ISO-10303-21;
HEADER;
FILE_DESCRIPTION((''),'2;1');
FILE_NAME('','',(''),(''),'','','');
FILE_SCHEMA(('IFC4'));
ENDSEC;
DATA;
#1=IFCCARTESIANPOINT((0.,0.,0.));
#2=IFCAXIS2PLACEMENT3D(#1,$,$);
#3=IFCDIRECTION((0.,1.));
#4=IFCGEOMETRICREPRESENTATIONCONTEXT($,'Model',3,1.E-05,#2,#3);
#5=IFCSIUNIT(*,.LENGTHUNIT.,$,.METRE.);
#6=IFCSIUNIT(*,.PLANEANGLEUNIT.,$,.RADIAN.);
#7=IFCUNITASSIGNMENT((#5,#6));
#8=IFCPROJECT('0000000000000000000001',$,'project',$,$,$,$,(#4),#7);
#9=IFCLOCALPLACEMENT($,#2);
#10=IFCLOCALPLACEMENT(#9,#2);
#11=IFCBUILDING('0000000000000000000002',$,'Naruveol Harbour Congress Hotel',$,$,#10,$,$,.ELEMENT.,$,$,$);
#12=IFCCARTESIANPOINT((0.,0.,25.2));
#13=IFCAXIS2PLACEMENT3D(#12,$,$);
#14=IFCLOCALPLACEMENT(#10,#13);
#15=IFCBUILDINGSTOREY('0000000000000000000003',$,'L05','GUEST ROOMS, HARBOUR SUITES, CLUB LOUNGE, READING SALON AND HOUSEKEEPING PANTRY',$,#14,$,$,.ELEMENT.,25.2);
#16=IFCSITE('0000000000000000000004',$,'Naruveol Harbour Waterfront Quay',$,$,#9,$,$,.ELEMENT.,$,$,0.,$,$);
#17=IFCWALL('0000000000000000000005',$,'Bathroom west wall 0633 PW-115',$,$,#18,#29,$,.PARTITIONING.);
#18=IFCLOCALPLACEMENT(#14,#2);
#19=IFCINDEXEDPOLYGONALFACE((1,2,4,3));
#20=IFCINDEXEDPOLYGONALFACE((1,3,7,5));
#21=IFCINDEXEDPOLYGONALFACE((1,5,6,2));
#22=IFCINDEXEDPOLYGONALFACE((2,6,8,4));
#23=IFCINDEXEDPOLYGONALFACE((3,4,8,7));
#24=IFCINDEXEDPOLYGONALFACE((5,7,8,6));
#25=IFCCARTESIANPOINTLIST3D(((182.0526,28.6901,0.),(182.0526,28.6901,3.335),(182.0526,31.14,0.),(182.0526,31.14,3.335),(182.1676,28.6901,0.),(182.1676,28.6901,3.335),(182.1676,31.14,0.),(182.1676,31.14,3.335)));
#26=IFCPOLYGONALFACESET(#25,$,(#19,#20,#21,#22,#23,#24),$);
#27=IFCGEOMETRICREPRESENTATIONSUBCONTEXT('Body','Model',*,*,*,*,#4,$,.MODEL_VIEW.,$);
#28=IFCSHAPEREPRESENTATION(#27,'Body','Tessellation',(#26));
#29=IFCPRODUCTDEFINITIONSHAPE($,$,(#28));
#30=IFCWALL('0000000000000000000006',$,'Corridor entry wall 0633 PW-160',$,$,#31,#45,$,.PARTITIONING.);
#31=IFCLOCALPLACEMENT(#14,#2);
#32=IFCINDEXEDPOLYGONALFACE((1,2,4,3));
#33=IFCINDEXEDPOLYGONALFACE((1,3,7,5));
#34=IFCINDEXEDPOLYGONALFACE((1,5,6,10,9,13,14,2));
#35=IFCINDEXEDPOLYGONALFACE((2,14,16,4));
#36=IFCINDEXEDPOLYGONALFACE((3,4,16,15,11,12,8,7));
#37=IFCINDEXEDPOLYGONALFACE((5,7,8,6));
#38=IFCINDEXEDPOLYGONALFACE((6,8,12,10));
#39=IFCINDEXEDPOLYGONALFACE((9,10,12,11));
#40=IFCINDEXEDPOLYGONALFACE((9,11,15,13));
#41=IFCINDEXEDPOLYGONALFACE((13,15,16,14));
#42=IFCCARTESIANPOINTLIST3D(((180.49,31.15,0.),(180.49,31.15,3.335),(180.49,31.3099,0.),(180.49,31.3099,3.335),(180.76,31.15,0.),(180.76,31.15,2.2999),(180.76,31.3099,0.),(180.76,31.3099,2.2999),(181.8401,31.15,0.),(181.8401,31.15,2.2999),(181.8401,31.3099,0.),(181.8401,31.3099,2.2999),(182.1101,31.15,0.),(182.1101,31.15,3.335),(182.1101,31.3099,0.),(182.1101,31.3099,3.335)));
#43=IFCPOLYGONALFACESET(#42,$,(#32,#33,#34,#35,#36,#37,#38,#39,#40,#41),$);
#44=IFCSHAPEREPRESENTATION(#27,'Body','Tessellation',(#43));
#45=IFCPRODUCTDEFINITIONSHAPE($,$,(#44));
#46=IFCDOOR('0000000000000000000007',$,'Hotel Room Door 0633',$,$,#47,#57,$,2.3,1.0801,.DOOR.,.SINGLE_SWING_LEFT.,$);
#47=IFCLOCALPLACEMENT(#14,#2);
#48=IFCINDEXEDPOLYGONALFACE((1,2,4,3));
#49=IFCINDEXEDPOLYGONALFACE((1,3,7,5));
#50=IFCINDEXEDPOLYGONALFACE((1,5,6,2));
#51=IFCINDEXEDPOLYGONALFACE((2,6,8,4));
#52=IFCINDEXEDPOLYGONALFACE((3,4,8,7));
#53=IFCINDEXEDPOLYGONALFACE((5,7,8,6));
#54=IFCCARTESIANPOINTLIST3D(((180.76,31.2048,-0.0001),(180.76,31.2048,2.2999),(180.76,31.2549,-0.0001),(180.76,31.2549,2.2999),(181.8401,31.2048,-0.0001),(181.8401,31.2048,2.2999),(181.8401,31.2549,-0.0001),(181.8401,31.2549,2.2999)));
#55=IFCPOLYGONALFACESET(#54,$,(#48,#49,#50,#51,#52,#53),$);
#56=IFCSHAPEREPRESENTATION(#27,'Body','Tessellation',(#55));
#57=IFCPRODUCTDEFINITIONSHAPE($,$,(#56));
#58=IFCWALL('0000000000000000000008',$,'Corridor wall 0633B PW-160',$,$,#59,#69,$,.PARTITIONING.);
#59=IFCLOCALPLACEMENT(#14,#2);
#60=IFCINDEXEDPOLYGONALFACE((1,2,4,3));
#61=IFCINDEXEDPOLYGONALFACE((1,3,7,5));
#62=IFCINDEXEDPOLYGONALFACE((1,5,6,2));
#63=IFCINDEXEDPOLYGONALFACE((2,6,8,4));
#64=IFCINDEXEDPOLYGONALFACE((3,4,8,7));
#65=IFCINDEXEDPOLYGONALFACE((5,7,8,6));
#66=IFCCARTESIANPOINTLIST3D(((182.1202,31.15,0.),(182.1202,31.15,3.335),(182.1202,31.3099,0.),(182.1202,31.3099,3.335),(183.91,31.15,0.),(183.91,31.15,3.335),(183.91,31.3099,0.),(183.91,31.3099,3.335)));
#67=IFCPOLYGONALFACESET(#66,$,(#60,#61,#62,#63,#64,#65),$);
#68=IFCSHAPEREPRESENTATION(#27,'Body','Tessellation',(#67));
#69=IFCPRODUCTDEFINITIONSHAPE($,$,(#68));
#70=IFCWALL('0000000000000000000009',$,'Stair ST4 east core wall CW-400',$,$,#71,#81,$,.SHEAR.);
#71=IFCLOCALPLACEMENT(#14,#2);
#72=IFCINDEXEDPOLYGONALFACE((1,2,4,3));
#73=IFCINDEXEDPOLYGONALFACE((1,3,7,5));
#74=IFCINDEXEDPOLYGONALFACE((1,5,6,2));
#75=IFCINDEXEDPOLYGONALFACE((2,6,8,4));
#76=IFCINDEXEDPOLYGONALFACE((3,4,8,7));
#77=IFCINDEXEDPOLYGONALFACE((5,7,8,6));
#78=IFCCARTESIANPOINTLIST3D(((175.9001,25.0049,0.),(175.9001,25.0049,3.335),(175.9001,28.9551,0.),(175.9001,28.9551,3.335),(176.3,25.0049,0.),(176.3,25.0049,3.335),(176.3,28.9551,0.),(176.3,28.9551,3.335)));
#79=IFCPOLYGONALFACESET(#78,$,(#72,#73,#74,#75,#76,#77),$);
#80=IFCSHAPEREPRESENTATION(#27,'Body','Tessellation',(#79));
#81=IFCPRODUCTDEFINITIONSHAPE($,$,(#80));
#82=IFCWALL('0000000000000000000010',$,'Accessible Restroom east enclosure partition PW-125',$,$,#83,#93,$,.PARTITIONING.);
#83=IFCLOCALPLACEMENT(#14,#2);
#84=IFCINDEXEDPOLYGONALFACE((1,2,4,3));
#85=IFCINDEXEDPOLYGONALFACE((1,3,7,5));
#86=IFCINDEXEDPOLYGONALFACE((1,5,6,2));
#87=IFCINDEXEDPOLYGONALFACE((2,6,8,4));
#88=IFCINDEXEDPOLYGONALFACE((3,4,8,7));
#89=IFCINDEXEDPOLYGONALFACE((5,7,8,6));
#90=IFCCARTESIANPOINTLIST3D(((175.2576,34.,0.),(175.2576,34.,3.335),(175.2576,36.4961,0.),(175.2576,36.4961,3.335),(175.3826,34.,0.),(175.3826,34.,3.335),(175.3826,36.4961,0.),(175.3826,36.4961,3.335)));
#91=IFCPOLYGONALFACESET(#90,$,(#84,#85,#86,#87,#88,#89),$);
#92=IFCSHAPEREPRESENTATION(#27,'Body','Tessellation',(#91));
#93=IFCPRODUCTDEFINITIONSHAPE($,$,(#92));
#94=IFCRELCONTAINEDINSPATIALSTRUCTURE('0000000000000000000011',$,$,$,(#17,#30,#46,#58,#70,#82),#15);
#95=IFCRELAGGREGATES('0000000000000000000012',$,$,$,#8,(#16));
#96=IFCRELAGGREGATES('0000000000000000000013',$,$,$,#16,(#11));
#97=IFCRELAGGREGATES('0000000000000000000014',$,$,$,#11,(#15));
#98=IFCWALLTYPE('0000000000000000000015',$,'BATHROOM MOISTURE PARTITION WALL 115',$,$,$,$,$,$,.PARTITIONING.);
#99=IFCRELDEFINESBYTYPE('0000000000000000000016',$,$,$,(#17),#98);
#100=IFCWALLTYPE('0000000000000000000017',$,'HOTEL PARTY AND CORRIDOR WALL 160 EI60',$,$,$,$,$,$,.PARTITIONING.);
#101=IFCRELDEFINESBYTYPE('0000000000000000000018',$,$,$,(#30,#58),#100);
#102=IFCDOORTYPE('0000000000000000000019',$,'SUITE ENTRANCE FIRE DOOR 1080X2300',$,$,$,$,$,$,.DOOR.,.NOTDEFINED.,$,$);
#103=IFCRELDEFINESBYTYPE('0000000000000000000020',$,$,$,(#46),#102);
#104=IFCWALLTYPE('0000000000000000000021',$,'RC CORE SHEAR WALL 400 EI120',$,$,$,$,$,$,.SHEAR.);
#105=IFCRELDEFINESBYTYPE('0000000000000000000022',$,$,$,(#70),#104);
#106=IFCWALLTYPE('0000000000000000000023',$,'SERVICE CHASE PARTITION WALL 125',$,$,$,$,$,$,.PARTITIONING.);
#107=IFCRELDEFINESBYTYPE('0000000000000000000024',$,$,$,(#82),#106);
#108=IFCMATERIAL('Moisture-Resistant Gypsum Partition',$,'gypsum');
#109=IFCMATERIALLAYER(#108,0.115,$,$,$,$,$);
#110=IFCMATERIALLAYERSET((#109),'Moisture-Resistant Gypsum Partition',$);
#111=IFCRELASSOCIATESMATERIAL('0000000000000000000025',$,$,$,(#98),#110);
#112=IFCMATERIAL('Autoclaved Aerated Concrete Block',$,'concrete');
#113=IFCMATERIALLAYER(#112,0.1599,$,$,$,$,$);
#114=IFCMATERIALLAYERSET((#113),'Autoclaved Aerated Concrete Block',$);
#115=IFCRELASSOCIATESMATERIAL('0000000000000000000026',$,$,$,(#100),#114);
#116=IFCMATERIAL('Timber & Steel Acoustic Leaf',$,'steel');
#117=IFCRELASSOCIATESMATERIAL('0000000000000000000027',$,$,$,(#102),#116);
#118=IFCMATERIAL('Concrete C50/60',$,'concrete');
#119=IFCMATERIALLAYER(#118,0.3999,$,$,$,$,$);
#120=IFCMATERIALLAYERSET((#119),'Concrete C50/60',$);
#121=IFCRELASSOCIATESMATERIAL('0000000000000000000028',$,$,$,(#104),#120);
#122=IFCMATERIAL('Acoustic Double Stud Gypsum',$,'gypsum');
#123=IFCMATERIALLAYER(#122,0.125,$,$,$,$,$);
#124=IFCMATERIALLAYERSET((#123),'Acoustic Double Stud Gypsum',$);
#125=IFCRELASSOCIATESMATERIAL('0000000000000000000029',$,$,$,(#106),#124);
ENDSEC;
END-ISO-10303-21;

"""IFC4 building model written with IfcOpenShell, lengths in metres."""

from ifc_helpers import new_model, si_unit, direction, frame, frame_2d, origin, place, context, subcontext, project, spatial, rectangle, extrude, material, layer, layer_set, type_object, element, fill, save


model = new_model("IFC4")

# Units and contexts
model_context = context("Model", 3, precision=1e-05, world=origin(), true_north=direction((0.0, 1.0)))
body_context = subcontext(model_context, "Body", "Model", "MODEL_VIEW")
ifc_project = project(units=[si_unit("LENGTHUNIT", "METRE"), si_unit("PLANEANGLEUNIT", "RADIAN")], contexts=[model_context])

# Site, building, storey
site_placement = place(None, origin())
site = spatial("IfcSite", under=ifc_project, at=site_placement, Name="Naruveol Harbour Waterfront Quay", CompositionType="ELEMENT", RefElevation=0.0)
building_placement = place(site_placement, origin())
building = spatial("IfcBuilding", under=site, at=building_placement, Name="Naruveol Harbour Congress Hotel", CompositionType="ELEMENT")
storey_placement = place(building_placement, frame((0.0, 0.0, 25.2)))
storey = spatial("IfcBuildingStorey", under=building, at=storey_placement, Name="L05", Description="GUEST ROOMS, HARBOUR SUITES, CLUB LOUNGE, READING SALON AND HOUSEKEEPING PANTRY", CompositionType="ELEMENT", Elevation=25.2)

# Wall
ifc_material_1 = material(Name="Moisture-Resistant Gypsum Partition", Category="gypsum")
ifc_layer_1 = layer(ifc_material_1, 0.115)
ifc_layer_set_1 = layer_set([ifc_layer_1], Name="Moisture-Resistant Gypsum Partition")
wall_type_1 = type_object("IfcWallType", Name="BATHROOM MOISTURE PARTITION WALL 115", PredefinedType="PARTITIONING", material=ifc_layer_set_1)
wall_1_placement = place(storey_placement, frame((182.1101, 28.6899, 0.0), z_axis=(0.0, 0.0, 1.0), x_axis=(0.0, 1.0, 0.0)))
element("IfcWall", 1, at=wall_1_placement, inside=storey, type_object=wall_type_1, Name="Bathroom west wall 0633 PW-115", PredefinedType="PARTITIONING", context=body_context, shape_type="SweptSolid", body=[
    extrude(rectangle(XDim=2.45, YDim=0.115, at=frame_2d((1.2251, 0.0))), origin(), (0.0, 0.0, 1.0), 3.335),
])

# Wall, opening, door
ifc_material_2 = material(Name="Autoclaved Aerated Concrete Block", Category="concrete")
ifc_layer_2 = layer(ifc_material_2, 0.1599)
ifc_layer_set_2 = layer_set([ifc_layer_2], Name="Autoclaved Aerated Concrete Block")
wall_type_2 = type_object("IfcWallType", Name="HOTEL PARTY AND CORRIDOR WALL 160 EI60", PredefinedType="PARTITIONING", material=ifc_layer_set_2)
wall_2_placement = place(storey_placement, frame((180.49, 31.23, 0.0), z_axis=(0.0, 0.0, 1.0), x_axis=(1.0, 0.0, 0.0)))
wall_2 = element("IfcWall", 2, at=wall_2_placement, inside=storey, type_object=wall_type_2, Name="Corridor entry wall 0633 PW-160", PredefinedType="PARTITIONING", context=body_context, shape_type="SweptSolid", body=[
    extrude(rectangle(XDim=1.6201, YDim=0.1599, at=frame_2d((0.8101, 0.0))), origin(), (0.0, 0.0, 1.0), 3.335),
])
opening_1_placement = place(wall_2_placement, frame((0.27, 0.0, 0.0)))
opening_1 = element("IfcOpeningElement", 3, at=opening_1_placement, cuts=wall_2, PredefinedType="OPENING", context=body_context, shape_type="SweptSolid", body=[
    extrude(rectangle(XDim=1.0801, YDim=2.3, at=frame_2d((0.54, 1.1499))), frame((0.0, 0.0898, 0.0), z_axis=(0.0, -1.0, 0.0), x_axis=(1.0, 0.0, 0.0)), (0.0, 0.0, 1.0), 0.1799),
])
ifc_material_3 = material(Name="Timber & Steel Acoustic Leaf", Category="steel")
door_type_1 = type_object("IfcDoorType", Name="SUITE ENTRANCE FIRE DOOR 1080X2300", OperationType="NOTDEFINED", PredefinedType="DOOR", material=ifc_material_3)
door_1_placement = place(opening_1_placement, origin())
door_1 = element("IfcDoor", 4, at=door_1_placement, inside=storey, type_object=door_type_1, Name="Hotel Room Door 0633", OperationType="SINGLE_SWING_LEFT", OverallHeight=2.3, OverallWidth=1.0801, PredefinedType="DOOR", context=body_context, shape_type="SweptSolid", body=[
    extrude(rectangle(XDim=1.0801, YDim=2.3, at=frame_2d((0.54, 1.1499))), frame((0.0, 0.0249, 0.0), z_axis=(0.0, -1.0, 0.0), x_axis=(1.0, 0.0, 0.0)), (0.0, 0.0, 1.0), 0.05),
])
fill(opening_1, door_1)

# Walls
wall_3_placement = place(storey_placement, frame((182.1201, 31.23, 0.0), z_axis=(0.0, 0.0, 1.0), x_axis=(1.0, 0.0, 0.0)))
element("IfcWall", 5, at=wall_3_placement, inside=storey, type_object=wall_type_2, Name="Corridor wall 0633B PW-160", PredefinedType="PARTITIONING", context=body_context, shape_type="SweptSolid", body=[
    extrude(rectangle(XDim=1.7898, YDim=0.1599, at=frame_2d((0.895, 0.0))), origin(), (0.0, 0.0, 1.0), 3.335),
])
ifc_material_4 = material(Name="Concrete C50/60", Category="concrete")
ifc_layer_3 = layer(ifc_material_4, 0.3999)
ifc_layer_set_3 = layer_set([ifc_layer_3], Name="Concrete C50/60")
wall_type_3 = type_object("IfcWallType", Name="RC CORE SHEAR WALL 400 EI120", PredefinedType="SHEAR", material=ifc_layer_set_3)
wall_4_placement = place(storey_placement, frame((176.1001, 25.0049, 0.0), z_axis=(0.0, 0.0, 1.0), x_axis=(0.0, 1.0, 0.0)))
element("IfcWall", 6, at=wall_4_placement, inside=storey, type_object=wall_type_3, Name="Stair ST4 east core wall CW-400", PredefinedType="SHEAR", context=body_context, shape_type="SweptSolid", body=[
    extrude(rectangle(XDim=3.9502, YDim=0.3999, at=frame_2d((1.9751, 0.0))), origin(), (0.0, 0.0, 1.0), 3.335),
])
ifc_material_5 = material(Name="Acoustic Double Stud Gypsum", Category="gypsum")
ifc_layer_4 = layer(ifc_material_5, 0.125)
ifc_layer_set_4 = layer_set([ifc_layer_4], Name="Acoustic Double Stud Gypsum")
wall_type_4 = type_object("IfcWallType", Name="SERVICE CHASE PARTITION WALL 125", PredefinedType="PARTITIONING", material=ifc_layer_set_4)
wall_5_placement = place(storey_placement, frame((175.3201, 34.0, 0.0), z_axis=(0.0, 0.0, 1.0), x_axis=(0.0, 1.0, 0.0)))
element("IfcWall", 7, at=wall_5_placement, inside=storey, type_object=wall_type_4, Name="Accessible Restroom east enclosure partition PW-125", PredefinedType="PARTITIONING", context=body_context, shape_type="SweptSolid", body=[
    extrude(rectangle(XDim=2.4961, YDim=0.125, at=frame_2d((1.248, 0.0))), origin(), (0.0, 0.0, 1.0), 3.335),
])

save(model, "model.ifc")
